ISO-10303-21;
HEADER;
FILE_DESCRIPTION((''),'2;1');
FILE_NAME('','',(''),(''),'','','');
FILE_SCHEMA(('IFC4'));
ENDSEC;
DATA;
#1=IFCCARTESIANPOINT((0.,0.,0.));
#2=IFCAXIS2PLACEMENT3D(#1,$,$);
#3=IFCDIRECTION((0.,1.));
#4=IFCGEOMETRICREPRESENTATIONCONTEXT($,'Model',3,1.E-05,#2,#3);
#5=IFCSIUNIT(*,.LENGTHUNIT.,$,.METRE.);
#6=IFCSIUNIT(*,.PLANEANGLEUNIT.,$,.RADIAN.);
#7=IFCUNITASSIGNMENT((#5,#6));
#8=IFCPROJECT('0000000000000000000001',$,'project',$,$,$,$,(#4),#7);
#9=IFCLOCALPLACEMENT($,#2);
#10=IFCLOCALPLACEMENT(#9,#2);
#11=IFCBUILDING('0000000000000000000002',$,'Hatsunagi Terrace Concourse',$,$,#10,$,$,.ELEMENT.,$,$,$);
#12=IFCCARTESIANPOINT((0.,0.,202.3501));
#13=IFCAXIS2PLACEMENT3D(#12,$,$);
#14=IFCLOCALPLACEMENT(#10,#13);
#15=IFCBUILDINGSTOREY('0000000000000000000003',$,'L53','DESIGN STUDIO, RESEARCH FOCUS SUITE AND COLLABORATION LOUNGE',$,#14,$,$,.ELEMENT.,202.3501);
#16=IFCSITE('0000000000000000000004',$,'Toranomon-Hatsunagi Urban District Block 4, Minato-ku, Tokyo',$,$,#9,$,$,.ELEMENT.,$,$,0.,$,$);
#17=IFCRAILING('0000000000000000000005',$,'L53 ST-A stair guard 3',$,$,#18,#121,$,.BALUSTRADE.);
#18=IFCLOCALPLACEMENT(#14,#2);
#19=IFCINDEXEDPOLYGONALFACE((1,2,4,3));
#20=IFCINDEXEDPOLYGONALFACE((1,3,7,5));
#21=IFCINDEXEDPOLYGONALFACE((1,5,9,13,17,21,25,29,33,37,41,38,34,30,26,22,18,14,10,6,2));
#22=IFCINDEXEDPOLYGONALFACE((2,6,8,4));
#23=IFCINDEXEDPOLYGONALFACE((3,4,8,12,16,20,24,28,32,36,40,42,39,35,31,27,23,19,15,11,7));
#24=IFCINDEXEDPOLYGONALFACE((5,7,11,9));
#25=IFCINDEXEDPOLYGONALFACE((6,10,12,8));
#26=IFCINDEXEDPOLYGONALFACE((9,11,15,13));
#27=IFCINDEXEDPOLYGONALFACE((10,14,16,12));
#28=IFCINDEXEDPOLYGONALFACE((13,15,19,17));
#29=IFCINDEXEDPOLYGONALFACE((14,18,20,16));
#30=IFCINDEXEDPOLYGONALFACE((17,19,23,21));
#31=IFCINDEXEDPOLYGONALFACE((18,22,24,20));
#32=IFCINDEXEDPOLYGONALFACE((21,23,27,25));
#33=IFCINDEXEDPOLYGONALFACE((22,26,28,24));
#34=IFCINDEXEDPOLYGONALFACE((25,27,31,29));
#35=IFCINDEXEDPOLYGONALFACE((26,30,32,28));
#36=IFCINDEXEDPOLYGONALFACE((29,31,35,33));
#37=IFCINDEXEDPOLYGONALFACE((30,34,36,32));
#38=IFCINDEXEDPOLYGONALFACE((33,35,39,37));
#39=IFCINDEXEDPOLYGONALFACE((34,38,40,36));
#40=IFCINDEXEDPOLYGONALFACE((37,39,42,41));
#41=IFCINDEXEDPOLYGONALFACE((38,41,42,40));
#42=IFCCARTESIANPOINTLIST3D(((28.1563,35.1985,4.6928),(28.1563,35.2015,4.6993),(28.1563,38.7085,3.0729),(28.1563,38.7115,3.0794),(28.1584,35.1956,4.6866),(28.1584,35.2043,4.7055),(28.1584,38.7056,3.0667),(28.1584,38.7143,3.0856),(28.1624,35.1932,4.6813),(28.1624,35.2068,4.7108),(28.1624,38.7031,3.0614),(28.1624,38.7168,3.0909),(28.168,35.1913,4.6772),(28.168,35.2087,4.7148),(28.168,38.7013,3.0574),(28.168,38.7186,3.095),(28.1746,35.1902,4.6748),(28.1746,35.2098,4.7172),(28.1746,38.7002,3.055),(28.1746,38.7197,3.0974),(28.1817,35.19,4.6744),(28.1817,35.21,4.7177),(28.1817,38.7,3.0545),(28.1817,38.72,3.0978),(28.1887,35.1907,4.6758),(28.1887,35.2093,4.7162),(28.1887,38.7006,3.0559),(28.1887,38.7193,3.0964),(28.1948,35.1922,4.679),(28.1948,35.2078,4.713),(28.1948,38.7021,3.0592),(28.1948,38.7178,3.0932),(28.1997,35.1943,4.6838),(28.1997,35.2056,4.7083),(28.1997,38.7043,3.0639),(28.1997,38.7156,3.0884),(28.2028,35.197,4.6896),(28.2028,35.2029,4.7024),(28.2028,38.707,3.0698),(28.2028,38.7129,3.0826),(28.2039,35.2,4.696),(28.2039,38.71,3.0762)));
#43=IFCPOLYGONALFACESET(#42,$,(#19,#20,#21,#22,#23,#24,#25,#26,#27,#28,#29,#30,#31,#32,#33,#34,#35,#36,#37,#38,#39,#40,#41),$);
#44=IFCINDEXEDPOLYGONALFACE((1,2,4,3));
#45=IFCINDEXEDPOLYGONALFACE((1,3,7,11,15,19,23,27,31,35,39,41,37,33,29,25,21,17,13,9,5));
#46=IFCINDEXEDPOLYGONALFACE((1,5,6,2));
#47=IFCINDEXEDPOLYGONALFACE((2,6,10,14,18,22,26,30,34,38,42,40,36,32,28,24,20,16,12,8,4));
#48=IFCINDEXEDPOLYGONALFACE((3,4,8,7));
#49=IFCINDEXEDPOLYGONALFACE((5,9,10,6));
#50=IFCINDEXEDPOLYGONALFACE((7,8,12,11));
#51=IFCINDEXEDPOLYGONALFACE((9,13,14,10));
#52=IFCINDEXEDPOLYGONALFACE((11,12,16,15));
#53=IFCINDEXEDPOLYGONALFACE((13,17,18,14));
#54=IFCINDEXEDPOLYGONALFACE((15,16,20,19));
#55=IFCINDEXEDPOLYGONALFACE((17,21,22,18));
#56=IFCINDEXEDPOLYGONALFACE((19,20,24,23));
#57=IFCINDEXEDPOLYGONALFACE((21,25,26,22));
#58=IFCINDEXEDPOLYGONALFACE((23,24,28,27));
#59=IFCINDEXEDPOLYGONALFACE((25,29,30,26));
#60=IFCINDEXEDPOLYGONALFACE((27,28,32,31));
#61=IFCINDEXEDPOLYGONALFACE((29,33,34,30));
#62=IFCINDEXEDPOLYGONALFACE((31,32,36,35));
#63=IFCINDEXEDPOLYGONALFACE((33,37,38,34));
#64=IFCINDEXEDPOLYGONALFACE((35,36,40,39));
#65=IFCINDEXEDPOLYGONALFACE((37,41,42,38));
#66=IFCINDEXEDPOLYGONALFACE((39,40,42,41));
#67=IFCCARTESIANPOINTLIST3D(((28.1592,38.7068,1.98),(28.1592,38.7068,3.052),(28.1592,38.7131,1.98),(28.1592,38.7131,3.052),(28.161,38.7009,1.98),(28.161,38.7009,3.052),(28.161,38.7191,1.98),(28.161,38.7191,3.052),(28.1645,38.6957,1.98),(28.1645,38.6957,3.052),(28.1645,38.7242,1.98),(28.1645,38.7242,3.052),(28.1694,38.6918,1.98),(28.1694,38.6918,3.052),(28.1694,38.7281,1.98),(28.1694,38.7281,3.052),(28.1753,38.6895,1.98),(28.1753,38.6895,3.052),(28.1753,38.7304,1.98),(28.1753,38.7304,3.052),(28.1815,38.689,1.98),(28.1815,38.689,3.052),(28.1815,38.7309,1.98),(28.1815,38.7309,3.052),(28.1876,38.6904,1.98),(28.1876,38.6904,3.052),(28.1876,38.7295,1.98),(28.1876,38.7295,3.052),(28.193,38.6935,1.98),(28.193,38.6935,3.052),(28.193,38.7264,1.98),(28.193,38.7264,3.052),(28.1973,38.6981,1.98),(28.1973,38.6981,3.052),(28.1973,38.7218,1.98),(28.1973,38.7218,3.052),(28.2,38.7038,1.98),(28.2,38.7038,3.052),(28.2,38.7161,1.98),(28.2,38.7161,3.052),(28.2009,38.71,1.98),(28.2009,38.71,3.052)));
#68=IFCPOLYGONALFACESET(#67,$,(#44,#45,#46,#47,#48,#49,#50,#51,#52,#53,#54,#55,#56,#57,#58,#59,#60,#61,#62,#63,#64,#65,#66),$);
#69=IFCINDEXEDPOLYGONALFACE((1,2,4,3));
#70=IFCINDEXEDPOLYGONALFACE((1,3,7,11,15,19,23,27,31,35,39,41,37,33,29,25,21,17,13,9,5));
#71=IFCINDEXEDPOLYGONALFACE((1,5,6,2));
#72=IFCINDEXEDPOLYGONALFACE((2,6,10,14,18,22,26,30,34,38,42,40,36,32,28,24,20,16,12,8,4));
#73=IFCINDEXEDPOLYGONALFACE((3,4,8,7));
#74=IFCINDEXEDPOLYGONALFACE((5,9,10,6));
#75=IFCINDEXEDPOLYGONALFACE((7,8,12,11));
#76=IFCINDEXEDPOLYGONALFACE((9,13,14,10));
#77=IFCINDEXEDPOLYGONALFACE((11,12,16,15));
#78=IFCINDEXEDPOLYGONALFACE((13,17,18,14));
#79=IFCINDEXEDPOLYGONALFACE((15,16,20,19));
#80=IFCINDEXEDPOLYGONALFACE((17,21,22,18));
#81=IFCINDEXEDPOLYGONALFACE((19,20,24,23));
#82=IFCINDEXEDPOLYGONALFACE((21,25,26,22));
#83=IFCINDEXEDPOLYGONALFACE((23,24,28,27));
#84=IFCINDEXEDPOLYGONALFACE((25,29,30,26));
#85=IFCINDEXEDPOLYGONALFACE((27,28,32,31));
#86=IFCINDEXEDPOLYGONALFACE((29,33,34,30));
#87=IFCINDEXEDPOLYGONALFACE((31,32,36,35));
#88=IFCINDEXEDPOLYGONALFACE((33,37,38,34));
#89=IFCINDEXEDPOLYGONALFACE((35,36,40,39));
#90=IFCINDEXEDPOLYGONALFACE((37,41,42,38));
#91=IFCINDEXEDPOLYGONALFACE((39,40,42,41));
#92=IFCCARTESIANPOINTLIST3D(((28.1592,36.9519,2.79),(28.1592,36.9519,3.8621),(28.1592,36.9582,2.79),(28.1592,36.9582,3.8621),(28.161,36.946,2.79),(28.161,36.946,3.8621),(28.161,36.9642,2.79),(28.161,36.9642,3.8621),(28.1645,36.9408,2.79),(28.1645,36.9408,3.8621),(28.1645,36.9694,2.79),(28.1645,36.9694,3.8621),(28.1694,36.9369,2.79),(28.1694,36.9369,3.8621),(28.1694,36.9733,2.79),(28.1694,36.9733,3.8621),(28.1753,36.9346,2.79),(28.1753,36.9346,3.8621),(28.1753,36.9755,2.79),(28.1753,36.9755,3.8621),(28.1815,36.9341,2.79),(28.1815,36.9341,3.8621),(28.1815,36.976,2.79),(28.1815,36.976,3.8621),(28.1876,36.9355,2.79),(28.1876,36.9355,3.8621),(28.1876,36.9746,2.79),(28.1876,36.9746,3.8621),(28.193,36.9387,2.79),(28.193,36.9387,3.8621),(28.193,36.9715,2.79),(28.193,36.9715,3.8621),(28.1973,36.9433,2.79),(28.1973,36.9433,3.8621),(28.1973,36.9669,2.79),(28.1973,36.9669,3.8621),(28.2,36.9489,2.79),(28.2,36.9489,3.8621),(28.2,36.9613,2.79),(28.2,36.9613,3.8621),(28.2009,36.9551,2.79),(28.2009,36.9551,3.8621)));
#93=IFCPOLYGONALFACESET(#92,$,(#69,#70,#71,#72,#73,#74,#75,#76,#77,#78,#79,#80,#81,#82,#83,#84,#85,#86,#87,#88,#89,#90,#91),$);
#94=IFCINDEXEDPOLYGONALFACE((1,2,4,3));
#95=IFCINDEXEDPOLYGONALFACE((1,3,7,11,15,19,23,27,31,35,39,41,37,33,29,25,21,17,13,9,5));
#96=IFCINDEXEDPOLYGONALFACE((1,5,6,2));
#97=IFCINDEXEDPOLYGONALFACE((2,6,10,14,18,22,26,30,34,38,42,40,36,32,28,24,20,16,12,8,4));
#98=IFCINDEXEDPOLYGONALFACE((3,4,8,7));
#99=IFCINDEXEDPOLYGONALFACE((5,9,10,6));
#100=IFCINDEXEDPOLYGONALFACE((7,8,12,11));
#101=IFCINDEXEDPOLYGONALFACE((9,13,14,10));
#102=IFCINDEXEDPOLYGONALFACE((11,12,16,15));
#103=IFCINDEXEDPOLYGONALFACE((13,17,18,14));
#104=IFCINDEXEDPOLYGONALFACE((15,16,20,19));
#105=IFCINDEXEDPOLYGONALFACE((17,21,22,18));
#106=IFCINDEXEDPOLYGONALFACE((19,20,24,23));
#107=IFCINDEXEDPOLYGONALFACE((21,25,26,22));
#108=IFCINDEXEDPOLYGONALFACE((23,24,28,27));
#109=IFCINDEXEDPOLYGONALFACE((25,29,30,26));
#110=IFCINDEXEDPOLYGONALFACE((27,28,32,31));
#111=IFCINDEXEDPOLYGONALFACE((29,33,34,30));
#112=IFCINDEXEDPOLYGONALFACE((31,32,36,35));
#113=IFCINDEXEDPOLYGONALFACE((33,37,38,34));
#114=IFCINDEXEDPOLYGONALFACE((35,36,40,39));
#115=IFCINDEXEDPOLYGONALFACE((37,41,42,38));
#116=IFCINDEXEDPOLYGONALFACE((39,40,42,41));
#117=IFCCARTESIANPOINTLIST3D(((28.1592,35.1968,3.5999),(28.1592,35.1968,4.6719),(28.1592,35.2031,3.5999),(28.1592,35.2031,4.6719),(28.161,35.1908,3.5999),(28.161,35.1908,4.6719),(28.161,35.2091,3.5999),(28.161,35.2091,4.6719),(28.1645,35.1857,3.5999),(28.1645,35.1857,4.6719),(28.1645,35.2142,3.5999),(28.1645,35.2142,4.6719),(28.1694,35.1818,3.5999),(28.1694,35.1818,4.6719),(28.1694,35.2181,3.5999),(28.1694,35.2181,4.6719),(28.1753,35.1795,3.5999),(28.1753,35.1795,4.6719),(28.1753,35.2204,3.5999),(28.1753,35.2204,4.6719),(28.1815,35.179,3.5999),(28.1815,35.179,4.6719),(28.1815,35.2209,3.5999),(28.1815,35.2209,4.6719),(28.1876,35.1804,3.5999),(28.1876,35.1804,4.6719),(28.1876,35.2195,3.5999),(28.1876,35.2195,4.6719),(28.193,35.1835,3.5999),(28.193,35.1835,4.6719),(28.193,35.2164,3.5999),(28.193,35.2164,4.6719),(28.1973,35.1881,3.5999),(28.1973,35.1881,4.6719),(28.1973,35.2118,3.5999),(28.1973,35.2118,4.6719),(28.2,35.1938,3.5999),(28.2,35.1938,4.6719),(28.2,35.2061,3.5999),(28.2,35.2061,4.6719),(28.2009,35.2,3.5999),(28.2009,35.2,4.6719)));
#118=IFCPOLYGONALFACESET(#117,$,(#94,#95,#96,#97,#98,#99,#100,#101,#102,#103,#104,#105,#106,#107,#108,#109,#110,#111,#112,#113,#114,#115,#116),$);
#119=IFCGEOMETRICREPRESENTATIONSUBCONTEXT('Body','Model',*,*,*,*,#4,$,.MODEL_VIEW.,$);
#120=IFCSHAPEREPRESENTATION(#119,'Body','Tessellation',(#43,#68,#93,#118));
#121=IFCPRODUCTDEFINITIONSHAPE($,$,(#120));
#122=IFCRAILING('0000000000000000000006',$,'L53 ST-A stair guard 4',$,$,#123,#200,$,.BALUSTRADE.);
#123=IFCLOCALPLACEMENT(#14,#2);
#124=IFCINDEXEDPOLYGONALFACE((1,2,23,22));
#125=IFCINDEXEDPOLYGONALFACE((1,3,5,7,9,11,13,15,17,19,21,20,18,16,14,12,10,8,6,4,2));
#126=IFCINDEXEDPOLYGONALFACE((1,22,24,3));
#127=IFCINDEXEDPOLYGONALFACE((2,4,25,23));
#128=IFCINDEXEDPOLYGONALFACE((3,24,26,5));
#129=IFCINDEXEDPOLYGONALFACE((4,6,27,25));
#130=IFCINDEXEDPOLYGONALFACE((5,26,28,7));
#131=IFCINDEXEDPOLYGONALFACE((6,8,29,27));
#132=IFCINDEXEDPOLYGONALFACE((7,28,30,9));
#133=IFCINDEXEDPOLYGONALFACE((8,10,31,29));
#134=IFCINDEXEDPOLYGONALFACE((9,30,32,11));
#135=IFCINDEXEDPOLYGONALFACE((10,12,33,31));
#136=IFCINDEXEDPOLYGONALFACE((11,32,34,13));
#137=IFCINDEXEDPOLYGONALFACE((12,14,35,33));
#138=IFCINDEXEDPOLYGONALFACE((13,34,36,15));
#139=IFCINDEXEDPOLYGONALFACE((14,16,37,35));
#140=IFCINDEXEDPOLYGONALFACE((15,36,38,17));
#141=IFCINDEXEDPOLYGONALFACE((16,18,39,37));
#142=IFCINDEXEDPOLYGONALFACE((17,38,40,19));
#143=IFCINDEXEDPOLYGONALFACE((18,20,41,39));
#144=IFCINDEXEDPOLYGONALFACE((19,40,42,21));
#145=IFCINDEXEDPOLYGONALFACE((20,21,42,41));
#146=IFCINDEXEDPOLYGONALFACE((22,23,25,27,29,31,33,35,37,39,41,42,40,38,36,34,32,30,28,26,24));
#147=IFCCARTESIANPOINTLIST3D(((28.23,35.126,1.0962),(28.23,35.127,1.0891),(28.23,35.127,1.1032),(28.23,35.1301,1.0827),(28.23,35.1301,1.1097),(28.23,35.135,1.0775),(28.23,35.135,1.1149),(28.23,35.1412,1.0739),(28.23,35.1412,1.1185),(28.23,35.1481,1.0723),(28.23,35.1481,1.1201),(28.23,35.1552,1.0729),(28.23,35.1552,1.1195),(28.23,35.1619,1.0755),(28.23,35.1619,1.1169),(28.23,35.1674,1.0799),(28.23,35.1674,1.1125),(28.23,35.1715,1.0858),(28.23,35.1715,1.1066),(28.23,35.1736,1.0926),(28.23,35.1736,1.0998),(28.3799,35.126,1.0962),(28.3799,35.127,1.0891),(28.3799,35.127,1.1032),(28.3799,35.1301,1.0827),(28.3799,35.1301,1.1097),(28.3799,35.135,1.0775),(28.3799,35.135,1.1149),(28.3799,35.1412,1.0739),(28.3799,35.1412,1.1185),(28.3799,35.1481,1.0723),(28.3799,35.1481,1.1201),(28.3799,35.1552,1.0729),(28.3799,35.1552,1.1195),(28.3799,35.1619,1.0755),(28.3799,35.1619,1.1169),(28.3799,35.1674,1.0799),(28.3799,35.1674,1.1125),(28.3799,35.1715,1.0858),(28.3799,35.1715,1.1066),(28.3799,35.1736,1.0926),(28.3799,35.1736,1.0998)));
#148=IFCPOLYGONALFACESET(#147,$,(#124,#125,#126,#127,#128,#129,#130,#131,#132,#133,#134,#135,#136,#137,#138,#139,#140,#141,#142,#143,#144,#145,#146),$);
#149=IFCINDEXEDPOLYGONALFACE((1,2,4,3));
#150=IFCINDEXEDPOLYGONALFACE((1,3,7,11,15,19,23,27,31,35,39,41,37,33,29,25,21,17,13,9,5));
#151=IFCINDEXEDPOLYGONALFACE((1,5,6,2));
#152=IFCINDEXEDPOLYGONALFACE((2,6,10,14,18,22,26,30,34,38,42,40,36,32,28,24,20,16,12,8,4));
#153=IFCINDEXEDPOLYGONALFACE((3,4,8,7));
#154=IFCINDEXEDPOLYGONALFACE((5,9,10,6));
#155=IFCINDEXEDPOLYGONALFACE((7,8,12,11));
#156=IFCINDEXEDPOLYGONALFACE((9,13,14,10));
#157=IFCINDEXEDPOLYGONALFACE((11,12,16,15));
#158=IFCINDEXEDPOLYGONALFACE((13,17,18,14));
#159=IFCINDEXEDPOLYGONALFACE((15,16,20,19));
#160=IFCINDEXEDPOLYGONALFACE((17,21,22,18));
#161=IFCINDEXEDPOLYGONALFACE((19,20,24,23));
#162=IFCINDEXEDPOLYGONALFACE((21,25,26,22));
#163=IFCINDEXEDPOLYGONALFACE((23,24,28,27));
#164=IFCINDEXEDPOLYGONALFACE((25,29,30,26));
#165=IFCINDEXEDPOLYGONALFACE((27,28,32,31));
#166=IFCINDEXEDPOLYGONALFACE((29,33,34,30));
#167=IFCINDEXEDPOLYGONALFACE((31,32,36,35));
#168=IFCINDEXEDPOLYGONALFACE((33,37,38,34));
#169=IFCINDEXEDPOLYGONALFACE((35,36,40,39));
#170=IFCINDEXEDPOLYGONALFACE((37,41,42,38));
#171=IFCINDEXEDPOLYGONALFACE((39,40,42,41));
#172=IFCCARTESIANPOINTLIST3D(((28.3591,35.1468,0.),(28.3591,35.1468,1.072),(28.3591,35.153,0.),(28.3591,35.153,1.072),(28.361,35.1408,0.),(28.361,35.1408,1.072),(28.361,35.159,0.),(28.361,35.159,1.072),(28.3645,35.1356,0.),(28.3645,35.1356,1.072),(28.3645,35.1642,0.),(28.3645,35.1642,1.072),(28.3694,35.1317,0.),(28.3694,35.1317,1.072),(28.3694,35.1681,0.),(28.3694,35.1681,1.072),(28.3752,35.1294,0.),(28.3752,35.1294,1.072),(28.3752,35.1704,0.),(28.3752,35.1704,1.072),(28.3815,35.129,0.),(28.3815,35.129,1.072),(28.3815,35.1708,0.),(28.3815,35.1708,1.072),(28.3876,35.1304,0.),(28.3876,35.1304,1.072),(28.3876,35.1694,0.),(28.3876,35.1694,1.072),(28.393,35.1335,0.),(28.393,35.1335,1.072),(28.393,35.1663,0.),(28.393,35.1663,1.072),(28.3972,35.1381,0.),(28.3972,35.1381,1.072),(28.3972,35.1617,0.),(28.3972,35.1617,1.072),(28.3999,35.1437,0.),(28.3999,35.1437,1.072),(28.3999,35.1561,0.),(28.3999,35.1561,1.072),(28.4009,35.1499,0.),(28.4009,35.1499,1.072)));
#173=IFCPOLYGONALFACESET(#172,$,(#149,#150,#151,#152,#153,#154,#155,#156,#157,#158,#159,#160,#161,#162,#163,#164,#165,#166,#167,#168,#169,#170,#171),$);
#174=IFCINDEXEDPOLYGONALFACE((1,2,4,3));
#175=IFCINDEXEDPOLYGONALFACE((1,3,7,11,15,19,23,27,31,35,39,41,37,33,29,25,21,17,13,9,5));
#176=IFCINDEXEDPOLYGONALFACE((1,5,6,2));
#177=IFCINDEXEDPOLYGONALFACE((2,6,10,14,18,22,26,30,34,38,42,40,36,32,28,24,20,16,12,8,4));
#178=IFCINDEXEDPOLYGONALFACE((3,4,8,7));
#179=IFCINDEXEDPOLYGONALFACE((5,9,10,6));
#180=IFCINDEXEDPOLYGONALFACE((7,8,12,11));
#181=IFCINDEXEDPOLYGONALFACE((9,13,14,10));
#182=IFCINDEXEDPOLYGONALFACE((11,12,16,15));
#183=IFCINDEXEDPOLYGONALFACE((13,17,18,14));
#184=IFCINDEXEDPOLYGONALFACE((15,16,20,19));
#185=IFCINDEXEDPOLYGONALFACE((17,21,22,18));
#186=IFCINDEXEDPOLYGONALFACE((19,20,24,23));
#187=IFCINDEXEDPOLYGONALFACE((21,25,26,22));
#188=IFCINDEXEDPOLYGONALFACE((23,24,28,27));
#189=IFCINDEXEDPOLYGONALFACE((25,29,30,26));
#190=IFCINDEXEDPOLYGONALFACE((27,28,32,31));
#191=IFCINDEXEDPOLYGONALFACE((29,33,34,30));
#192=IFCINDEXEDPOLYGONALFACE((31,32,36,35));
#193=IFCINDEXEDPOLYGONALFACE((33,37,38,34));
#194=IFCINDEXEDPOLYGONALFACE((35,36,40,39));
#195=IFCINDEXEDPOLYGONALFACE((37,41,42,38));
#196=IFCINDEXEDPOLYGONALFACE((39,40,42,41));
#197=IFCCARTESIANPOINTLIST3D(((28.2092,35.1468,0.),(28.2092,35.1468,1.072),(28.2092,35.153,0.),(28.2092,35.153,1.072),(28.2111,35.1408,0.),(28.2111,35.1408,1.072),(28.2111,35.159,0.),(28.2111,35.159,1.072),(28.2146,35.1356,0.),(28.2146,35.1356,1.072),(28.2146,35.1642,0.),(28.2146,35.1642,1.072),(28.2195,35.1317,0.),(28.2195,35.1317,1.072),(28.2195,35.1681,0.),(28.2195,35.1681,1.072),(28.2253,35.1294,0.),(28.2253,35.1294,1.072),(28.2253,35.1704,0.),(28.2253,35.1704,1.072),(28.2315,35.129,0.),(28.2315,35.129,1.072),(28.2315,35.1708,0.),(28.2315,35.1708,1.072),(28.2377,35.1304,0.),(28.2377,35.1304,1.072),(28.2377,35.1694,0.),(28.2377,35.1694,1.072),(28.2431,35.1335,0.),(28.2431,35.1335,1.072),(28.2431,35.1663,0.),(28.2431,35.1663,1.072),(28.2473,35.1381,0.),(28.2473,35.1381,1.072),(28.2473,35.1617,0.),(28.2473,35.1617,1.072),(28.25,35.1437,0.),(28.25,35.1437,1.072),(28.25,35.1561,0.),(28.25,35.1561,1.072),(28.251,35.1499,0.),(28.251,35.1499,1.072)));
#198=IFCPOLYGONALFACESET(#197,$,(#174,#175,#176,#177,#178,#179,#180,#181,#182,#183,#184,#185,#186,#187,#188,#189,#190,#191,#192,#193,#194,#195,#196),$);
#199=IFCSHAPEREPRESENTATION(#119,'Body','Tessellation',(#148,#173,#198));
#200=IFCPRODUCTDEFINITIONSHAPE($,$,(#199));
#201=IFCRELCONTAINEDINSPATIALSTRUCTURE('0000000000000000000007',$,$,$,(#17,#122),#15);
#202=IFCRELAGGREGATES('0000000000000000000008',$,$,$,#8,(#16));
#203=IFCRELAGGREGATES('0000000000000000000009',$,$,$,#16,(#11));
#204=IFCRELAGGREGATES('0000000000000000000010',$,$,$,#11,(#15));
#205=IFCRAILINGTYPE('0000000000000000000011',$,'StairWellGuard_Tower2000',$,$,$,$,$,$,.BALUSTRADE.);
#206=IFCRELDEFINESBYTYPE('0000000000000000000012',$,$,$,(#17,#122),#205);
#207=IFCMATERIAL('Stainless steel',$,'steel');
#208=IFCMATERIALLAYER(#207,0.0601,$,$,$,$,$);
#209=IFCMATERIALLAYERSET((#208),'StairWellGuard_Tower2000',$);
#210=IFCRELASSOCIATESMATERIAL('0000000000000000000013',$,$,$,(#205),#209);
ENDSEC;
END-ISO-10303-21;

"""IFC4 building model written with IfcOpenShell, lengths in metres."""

from ifc_helpers import new_model, si_unit, direction, frame, origin, origin_2d, place, context, subcontext, project, spatial, circle, extrude, material, layer, layer_set, type_object, element, save


model = new_model("IFC4")

# Units and contexts
model_context = context("Model", 3, precision=1e-05, world=origin(), true_north=direction((0.0, 1.0)))
body_context = subcontext(model_context, "Body", "Model", "MODEL_VIEW")
ifc_project = project(units=[si_unit("LENGTHUNIT", "METRE"), si_unit("PLANEANGLEUNIT", "RADIAN")], contexts=[model_context])

# Site, building, storey
site_placement = place(None, origin())
site = spatial("IfcSite", under=ifc_project, at=site_placement, Name="Toranomon-Hatsunagi Urban District Block 4, Minato-ku, Tokyo", CompositionType="ELEMENT", RefElevation=0.0)
building_placement = place(site_placement, origin())
building = spatial("IfcBuilding", under=site, at=building_placement, Name="Hatsunagi Terrace Concourse", CompositionType="ELEMENT")
storey_placement = place(building_placement, frame((0.0, 0.0, 202.3501)))
storey = spatial("IfcBuildingStorey", under=building, at=storey_placement, Name="L53", Description="DESIGN STUDIO, RESEARCH FOCUS SUITE AND COLLABORATION LOUNGE", CompositionType="ELEMENT", Elevation=202.3501)

# Railings
ifc_material_1 = material(Name="Stainless steel", Category="steel")
ifc_layer_1 = layer(ifc_material_1, 0.0601)
ifc_layer_set_1 = layer_set([ifc_layer_1], Name="StairWellGuard_Tower2000")
railing_type_1 = type_object("IfcRailingType", Name="StairWellGuard_Tower2000", PredefinedType="BALUSTRADE", material=ifc_layer_set_1)
railing_1_placement = place(storey_placement, frame((28.1799, 38.71, 1.98)))
element("IfcRailing", 1, at=railing_1_placement, inside=storey, type_object=railing_type_1, Name="L53 ST-A stair guard 3", PredefinedType="BALUSTRADE", context=body_context, shape_type="SweptSolid", body=[
    extrude(circle(Radius=0.0239, at=origin_2d()), frame((0.0, 0.0, 1.0962), z_axis=(0.0, -0.907972, 0.41903), x_axis=(1.0, 0.0, 0.0)), (0.0, 0.0, 1.0), 3.8657),
    extrude(circle(Radius=0.021, at=origin_2d()), origin(), (0.0, 0.0, 1.0), 1.072),
    extrude(circle(Radius=0.021, at=origin_2d()), frame((0.0, -1.7549, 0.8101)), (0.0, 0.0, 1.0), 1.072),
    extrude(circle(Radius=0.021, at=origin_2d()), frame((0.0, -3.51, 1.6199)), (0.0, 0.0, 1.0), 1.072),
])
railing_2_placement = place(storey_placement, frame((28.3799, 35.1499, 0.0)))
element("IfcRailing", 2, at=railing_2_placement, inside=storey, type_object=railing_type_1, Name="L53 ST-A stair guard 4", PredefinedType="BALUSTRADE", context=body_context, shape_type="SweptSolid", body=[
    extrude(circle(Radius=0.0239, at=origin_2d()), frame((0.0, 0.0, 1.0962), z_axis=(-1.0, 0.0, 0.0), x_axis=(0.0, -1.0, 0.0)), (0.0, 0.0, 1.0), 0.1499),
    extrude(circle(Radius=0.021, at=origin_2d()), origin(), (0.0, 0.0, 1.0), 1.072),
    extrude(circle(Radius=0.021, at=origin_2d()), frame((-0.1499, 0.0, 0.0)), (0.0, 0.0, 1.0), 1.072),
])

save(model, "model.ifc")
